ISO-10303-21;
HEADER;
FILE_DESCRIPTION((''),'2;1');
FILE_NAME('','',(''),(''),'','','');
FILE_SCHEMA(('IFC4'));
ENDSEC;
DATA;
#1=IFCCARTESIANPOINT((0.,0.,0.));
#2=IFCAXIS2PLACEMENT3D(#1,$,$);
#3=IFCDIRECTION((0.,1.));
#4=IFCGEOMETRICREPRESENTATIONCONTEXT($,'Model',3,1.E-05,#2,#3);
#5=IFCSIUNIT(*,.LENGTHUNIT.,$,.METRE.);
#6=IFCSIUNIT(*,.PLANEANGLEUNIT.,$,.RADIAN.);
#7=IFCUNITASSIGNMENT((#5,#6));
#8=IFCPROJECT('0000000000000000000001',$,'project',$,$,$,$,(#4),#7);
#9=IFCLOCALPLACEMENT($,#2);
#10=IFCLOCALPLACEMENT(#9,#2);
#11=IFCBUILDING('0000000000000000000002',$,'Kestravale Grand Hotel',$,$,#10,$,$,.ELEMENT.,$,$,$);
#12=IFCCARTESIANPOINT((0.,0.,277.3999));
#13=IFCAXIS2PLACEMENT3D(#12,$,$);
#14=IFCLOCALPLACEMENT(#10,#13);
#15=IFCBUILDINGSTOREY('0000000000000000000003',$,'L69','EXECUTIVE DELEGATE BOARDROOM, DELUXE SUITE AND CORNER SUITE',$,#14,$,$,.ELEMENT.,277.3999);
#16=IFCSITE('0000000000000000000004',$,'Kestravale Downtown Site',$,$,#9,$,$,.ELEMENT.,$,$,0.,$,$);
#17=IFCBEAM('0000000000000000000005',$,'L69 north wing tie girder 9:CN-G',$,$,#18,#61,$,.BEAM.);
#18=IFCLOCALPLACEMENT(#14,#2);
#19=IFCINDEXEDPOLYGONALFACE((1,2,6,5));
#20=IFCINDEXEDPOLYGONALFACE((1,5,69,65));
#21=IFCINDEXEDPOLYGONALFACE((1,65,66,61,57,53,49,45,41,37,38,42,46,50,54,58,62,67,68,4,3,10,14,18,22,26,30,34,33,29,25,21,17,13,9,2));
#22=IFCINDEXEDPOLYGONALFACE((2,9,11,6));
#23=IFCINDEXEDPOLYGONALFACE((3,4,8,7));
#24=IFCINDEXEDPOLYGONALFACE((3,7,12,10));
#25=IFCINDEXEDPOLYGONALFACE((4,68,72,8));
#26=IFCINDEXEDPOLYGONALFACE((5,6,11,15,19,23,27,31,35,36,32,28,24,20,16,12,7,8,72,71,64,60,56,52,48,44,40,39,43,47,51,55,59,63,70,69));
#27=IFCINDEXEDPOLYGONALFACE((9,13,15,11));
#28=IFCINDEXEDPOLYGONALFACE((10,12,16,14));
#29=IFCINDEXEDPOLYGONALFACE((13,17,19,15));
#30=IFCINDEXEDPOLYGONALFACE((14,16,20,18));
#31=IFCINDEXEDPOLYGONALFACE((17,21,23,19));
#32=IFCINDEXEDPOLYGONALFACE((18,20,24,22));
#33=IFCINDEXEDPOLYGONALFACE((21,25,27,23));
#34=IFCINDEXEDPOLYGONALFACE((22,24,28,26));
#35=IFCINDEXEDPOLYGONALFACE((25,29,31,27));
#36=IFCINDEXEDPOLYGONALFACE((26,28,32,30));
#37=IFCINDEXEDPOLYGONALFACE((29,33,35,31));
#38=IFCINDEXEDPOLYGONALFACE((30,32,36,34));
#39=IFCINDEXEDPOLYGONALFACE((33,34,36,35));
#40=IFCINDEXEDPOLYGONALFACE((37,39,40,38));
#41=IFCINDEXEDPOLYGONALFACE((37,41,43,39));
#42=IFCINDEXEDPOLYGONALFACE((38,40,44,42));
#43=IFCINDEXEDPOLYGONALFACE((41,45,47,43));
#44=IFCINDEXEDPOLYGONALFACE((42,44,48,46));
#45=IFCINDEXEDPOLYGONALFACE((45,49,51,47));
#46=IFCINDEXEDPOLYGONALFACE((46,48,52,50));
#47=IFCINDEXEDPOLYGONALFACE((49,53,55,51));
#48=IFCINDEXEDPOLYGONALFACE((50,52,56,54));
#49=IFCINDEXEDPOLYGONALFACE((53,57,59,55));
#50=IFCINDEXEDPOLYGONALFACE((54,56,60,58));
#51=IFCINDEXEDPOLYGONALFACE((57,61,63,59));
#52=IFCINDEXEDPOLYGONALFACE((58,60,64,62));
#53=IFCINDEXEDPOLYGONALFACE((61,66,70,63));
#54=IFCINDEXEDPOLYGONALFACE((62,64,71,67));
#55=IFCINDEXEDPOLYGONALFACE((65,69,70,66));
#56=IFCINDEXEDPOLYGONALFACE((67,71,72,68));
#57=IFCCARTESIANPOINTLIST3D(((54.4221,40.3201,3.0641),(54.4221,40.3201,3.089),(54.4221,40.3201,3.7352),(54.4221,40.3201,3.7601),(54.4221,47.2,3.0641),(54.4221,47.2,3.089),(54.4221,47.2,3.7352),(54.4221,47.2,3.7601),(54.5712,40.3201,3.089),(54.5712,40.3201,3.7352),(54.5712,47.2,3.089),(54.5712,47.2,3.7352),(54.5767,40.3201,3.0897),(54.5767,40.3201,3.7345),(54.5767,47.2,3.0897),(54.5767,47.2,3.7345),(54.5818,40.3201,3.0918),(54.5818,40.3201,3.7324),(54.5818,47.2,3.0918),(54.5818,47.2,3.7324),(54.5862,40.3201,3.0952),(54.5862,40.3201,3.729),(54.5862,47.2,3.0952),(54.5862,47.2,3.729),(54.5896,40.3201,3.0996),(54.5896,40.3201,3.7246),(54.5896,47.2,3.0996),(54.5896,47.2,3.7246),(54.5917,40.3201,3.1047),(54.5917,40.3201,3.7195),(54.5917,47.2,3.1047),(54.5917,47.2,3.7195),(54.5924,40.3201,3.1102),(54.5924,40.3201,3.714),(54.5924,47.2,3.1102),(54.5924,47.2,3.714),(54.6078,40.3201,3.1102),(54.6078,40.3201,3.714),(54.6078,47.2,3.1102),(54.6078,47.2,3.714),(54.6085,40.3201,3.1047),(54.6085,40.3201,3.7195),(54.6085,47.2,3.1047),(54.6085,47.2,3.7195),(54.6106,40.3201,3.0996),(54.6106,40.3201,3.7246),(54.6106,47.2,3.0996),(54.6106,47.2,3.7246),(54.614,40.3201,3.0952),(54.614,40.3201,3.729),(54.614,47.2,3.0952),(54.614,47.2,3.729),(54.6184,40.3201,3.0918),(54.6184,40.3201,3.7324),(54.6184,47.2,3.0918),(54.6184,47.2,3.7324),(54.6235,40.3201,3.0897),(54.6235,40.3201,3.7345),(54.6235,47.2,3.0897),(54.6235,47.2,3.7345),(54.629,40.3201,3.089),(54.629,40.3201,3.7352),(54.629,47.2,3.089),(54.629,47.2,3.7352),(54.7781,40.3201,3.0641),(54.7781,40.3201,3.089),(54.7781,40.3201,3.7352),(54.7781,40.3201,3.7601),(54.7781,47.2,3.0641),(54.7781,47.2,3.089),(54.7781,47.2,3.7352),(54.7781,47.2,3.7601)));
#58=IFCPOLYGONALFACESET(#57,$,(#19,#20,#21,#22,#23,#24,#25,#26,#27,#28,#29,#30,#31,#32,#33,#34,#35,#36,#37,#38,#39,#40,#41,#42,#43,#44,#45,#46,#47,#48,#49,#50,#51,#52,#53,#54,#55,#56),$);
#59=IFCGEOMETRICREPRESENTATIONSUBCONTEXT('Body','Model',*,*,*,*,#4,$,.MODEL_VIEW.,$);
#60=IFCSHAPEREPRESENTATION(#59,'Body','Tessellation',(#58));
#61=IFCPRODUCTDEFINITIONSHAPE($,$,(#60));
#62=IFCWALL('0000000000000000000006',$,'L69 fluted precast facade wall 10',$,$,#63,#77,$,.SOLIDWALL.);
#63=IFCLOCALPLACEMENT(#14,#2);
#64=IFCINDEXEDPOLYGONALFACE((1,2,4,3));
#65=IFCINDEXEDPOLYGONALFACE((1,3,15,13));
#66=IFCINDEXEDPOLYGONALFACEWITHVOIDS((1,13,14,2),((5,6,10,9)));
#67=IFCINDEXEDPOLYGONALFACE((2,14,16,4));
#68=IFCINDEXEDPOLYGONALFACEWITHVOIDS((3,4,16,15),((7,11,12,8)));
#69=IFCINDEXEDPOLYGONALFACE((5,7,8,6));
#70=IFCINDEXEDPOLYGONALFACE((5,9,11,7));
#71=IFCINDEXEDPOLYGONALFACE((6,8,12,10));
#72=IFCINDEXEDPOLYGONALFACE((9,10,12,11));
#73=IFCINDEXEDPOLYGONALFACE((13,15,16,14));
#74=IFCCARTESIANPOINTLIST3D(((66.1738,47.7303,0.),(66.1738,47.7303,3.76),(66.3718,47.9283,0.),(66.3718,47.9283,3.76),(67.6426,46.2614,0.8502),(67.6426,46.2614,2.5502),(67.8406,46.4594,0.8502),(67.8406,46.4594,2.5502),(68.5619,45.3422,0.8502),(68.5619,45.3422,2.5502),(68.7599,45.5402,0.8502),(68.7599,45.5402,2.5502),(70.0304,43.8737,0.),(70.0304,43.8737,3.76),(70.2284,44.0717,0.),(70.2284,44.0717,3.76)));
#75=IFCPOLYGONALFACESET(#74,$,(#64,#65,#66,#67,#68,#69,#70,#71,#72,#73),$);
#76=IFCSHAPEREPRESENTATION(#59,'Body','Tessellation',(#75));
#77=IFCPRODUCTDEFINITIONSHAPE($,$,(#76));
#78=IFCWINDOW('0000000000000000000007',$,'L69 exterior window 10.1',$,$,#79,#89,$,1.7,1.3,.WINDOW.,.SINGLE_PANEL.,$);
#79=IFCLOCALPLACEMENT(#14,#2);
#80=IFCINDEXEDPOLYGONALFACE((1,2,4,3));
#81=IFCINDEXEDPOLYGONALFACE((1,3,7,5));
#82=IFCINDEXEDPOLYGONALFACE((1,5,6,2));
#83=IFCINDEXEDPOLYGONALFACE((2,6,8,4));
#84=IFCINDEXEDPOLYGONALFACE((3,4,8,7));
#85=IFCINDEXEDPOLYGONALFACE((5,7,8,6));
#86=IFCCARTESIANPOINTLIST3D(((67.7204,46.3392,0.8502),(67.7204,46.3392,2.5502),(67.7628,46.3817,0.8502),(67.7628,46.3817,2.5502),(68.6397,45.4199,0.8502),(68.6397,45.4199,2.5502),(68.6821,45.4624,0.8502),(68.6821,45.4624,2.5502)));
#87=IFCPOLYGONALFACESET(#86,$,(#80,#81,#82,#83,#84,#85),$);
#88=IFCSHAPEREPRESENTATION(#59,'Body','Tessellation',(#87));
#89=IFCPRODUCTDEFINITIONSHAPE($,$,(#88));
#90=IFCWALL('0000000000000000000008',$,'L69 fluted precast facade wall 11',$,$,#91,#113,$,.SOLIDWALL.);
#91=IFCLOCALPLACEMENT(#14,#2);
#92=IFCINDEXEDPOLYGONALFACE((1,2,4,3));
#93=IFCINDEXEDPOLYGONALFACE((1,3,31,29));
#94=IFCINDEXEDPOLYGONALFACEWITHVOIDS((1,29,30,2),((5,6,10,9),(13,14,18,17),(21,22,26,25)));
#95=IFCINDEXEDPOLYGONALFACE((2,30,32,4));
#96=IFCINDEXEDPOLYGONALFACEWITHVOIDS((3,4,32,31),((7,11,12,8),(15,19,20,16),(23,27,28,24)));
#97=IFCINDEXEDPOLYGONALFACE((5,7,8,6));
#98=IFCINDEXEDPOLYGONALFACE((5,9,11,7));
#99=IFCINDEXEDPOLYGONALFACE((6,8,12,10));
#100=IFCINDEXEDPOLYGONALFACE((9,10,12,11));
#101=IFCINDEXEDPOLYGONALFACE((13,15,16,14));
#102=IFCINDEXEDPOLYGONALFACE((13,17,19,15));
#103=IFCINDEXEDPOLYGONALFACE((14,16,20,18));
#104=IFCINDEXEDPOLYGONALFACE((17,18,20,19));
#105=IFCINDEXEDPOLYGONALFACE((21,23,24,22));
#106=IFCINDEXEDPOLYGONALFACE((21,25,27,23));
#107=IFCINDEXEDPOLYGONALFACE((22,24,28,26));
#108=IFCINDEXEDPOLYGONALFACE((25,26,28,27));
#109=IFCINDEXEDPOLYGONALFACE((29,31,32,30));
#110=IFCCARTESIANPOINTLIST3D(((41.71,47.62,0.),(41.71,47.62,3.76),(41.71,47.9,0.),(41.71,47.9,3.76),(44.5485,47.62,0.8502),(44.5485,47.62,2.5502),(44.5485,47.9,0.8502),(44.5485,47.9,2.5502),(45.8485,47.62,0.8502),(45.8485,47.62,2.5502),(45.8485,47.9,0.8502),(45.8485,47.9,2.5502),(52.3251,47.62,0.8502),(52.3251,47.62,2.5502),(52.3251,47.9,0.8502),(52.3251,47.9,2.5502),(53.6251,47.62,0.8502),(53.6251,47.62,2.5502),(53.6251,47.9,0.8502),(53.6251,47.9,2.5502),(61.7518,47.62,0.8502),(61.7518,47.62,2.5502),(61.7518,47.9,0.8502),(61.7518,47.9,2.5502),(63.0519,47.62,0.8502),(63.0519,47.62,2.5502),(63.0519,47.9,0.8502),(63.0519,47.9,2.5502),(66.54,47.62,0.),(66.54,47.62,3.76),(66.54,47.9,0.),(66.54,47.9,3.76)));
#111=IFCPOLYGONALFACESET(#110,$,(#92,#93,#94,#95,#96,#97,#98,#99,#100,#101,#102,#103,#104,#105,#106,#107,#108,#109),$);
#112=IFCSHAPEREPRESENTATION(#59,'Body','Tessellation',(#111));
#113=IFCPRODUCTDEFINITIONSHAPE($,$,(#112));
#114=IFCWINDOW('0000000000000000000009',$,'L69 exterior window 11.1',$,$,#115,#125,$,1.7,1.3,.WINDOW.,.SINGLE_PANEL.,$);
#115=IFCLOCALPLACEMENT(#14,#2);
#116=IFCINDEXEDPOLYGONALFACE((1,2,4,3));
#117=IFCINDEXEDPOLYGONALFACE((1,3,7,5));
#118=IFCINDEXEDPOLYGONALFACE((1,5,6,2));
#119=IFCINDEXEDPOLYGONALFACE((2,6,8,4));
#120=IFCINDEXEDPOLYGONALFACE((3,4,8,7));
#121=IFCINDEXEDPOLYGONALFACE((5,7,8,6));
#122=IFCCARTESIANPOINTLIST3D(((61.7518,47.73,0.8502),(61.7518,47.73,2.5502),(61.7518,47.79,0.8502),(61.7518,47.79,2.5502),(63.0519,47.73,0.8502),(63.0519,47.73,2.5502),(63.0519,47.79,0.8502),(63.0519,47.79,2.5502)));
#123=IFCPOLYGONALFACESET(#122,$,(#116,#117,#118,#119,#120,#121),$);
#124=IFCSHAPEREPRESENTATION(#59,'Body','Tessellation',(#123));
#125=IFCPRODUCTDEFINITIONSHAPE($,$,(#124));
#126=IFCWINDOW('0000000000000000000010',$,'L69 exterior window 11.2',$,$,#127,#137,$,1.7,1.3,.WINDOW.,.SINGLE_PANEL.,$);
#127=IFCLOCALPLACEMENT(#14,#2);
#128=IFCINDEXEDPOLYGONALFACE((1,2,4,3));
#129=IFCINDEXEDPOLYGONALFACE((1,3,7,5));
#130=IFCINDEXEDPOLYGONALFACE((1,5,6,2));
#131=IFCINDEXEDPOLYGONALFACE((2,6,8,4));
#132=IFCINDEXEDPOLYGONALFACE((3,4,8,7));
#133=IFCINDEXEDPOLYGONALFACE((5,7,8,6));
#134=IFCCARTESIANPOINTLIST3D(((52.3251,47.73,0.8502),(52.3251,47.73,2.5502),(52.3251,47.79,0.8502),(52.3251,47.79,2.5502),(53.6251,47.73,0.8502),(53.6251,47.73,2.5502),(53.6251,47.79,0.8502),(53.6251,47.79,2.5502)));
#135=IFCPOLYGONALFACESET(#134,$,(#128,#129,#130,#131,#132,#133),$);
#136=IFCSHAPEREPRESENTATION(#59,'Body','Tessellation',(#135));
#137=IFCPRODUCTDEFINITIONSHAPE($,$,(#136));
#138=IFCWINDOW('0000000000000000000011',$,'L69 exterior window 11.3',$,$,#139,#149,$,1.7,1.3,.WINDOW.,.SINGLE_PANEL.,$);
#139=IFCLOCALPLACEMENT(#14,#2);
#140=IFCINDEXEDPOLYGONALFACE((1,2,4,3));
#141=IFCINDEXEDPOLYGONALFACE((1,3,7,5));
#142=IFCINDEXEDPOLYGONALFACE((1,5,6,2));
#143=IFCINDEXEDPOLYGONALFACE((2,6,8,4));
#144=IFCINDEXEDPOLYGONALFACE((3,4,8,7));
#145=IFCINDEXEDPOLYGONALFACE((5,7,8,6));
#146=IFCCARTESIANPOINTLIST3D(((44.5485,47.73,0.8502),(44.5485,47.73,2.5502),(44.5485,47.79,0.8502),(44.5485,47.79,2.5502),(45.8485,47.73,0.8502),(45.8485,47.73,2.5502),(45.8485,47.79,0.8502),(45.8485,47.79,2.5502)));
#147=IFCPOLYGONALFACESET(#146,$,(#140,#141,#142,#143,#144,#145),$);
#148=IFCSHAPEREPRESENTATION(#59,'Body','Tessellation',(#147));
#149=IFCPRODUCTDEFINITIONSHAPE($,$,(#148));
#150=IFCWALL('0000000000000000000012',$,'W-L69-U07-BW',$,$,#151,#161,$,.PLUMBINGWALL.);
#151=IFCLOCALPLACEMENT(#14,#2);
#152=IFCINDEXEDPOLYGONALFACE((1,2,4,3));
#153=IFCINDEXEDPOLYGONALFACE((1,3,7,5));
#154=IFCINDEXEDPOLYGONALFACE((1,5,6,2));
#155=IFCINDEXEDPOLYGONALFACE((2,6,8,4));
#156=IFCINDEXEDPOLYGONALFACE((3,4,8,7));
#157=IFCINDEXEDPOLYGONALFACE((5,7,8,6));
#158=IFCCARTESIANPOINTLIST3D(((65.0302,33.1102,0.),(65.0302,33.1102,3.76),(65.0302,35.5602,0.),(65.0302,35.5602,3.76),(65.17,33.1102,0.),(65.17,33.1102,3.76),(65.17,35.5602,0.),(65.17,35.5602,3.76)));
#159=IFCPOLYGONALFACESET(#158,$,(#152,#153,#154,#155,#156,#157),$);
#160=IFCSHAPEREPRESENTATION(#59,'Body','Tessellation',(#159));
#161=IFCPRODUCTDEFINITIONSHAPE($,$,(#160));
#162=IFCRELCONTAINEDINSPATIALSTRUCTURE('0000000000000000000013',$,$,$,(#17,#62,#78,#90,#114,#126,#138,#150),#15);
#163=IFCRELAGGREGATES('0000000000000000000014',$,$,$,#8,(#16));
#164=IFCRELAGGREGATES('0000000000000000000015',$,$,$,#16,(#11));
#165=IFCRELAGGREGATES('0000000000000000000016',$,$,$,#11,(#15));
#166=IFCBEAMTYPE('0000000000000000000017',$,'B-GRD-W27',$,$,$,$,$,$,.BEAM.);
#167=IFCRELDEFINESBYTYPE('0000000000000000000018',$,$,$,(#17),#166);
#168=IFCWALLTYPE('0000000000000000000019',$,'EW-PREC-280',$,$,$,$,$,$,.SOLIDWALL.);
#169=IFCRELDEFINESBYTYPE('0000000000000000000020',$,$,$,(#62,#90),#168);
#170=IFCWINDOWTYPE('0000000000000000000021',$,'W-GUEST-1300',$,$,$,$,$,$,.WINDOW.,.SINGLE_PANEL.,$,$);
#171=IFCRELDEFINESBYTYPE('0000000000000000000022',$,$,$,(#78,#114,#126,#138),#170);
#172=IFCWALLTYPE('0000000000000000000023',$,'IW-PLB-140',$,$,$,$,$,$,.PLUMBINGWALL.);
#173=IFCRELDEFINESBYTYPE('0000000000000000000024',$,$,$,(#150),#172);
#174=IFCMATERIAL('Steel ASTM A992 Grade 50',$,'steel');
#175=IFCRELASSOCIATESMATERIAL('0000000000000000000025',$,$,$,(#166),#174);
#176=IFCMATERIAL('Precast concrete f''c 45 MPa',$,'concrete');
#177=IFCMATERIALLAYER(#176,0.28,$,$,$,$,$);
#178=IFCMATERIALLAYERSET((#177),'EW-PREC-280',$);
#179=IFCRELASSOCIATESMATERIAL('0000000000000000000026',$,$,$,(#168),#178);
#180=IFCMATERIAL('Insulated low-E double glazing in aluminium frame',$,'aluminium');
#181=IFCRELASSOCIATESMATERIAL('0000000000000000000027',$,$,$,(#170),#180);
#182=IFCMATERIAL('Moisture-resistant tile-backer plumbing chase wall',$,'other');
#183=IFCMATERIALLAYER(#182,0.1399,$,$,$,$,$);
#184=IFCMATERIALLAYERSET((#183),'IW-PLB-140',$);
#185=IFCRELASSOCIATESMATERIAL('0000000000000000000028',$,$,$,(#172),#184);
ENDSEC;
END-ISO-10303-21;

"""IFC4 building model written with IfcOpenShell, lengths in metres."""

from ifc_helpers import new_model, si_unit, direction, frame, frame_2d, origin, origin_2d, place, context, subcontext, project, spatial, rectangle, i_section, extrude, material, layer, layer_set, material_profile, profile_set, type_object, element, fill, save


model = new_model("IFC4")

# Units and contexts
model_context = context("Model", 3, precision=1e-05, world=origin(), true_north=direction((0.0, 1.0)))
body_context = subcontext(model_context, "Body", "Model", "MODEL_VIEW")
ifc_project = project(units=[si_unit("LENGTHUNIT", "METRE"), si_unit("PLANEANGLEUNIT", "RADIAN")], contexts=[model_context])

# Site, building, storey
site_placement = place(None, origin())
site = spatial("IfcSite", under=ifc_project, at=site_placement, Name="Kestravale Downtown Site", CompositionType="ELEMENT", RefElevation=0.0)
building_placement = place(site_placement, origin())
building = spatial("IfcBuilding", under=site, at=building_placement, Name="Kestravale Grand Hotel", CompositionType="ELEMENT")
storey_placement = place(building_placement, frame((0.0, 0.0, 277.3999)))
storey = spatial("IfcBuildingStorey", under=building, at=storey_placement, Name="L69", Description="EXECUTIVE DELEGATE BOARDROOM, DELUXE SUITE AND CORNER SUITE", CompositionType="ELEMENT", Elevation=277.3999)

# Beam
ifc_material_1 = material(Name="Steel ASTM A992 Grade 50", Category="steel")
ifc_material_profile_1 = material_profile(ifc_material_1, i_section(OverallWidth=0.356, OverallDepth=0.696, WebThickness=0.0154, FlangeThickness=0.0249, FilletRadius=0.0212, at=origin_2d()))
ifc_profile_set_1 = profile_set([ifc_material_profile_1], Name="Steel ASTM A992 Grade 50")
beam_type = type_object("IfcBeamType", Name="B-GRD-W27", PredefinedType="BEAM", material=ifc_profile_set_1)
beam_1_placement = place(storey_placement, frame((54.6001, 40.3201, 3.4121), z_axis=(0.0, 1.0, 0.0), x_axis=(-1.0, 0.0, 0.0)))
element("IfcBeam", 1, at=beam_1_placement, inside=storey, type_object=beam_type, Name="L69 north wing tie girder 9:CN-G", PredefinedType="BEAM", context=body_context, shape_type="SweptSolid", body=[
    extrude(i_section(OverallWidth=0.356, OverallDepth=0.696, WebThickness=0.0154, FlangeThickness=0.0249, FilletRadius=0.0212, at=origin_2d()), origin(), (0.0, 0.0, 1.0), 6.8799),
])

# Wall, opening, window
ifc_material_2 = material(Name="Precast concrete f'c 45 MPa", Category="concrete")
ifc_layer_1 = layer(ifc_material_2, 0.28)
ifc_layer_set_1 = layer_set([ifc_layer_1], Name="EW-PREC-280")
wall_type_1 = type_object("IfcWallType", Name="EW-PREC-280", PredefinedType="SOLIDWALL", material=ifc_layer_set_1)
wall_1_placement = place(storey_placement, frame((70.1294, 43.9727, 0.0), z_axis=(0.0, 0.0, 1.0), x_axis=(-0.707107, 0.707107, 0.0)))
wall_1 = element("IfcWall", 2, at=wall_1_placement, inside=storey, type_object=wall_type_1, Name="L69 fluted precast facade wall 10", PredefinedType="SOLIDWALL", context=body_context, shape_type="SweptSolid", body=[
    extrude(rectangle(XDim=5.4541, YDim=0.28, at=frame_2d((2.7271, 0.0))), origin(), (0.0, 0.0, 1.0), 3.76),
])
opening_1_placement = place(wall_1_placement, frame((2.0769, 0.0, 0.8501)))
opening_1 = element("IfcOpeningElement", 3, at=opening_1_placement, cuts=wall_1, PredefinedType="OPENING", context=body_context, shape_type="SweptSolid", body=[
    extrude(rectangle(XDim=1.3, YDim=1.7, at=frame_2d((0.6499, 0.8501))), frame((0.0, 0.1499, 0.0), z_axis=(0.0, -1.0, 0.0), x_axis=(1.0, 0.0, 0.0)), (0.0, 0.0, 1.0), 0.3),
])
ifc_material_3 = material(Name="Insulated low-E double glazing in aluminium frame", Category="aluminium")
window_type = type_object("IfcWindowType", Name="W-GUEST-1300", PartitioningType="SINGLE_PANEL", PredefinedType="WINDOW", material=ifc_material_3)
window_1_placement = place(opening_1_placement, origin())
window_1 = element("IfcWindow", 4, at=window_1_placement, inside=storey, type_object=window_type, Name="L69 exterior window 10.1", OverallHeight=1.7, OverallWidth=1.3, PartitioningType="SINGLE_PANEL", PredefinedType="WINDOW", context=body_context, shape_type="SweptSolid", body=[
    extrude(rectangle(XDim=1.3, YDim=1.7, at=frame_2d((0.6499, 0.8501))), frame((0.0, 0.03, 0.0), z_axis=(0.0, -1.0, 0.0), x_axis=(1.0, 0.0, 0.0)), (0.0, 0.0, 1.0), 0.0601),
])
fill(opening_1, window_1)

# Wall, openings, windows
wall_2_placement = place(storey_placement, frame((66.54, 47.76, 0.0), z_axis=(0.0, 0.0, 1.0), x_axis=(-1.0, 0.0, 0.0)))
wall_2 = element("IfcWall", 5, at=wall_2_placement, inside=storey, type_object=wall_type_1, Name="L69 fluted precast facade wall 11", PredefinedType="SOLIDWALL", context=body_context, shape_type="SweptSolid", body=[
    extrude(rectangle(XDim=24.8301, YDim=0.28, at=frame_2d((12.415, 0.0))), origin(), (0.0, 0.0, 1.0), 3.76),
])
opening_2_placement = place(wall_2_placement, frame((3.4883, 0.0, 0.8501)))
opening_2 = element("IfcOpeningElement", 6, at=opening_2_placement, cuts=wall_2, PredefinedType="OPENING", context=body_context, shape_type="SweptSolid", body=[
    extrude(rectangle(XDim=1.3, YDim=1.7, at=frame_2d((0.6499, 0.8501))), frame((0.0, 0.1499, 0.0), z_axis=(0.0, -1.0, 0.0), x_axis=(1.0, 0.0, 0.0)), (0.0, 0.0, 1.0), 0.3),
])
opening_3_placement = place(wall_2_placement, frame((12.915, 0.0, 0.8501)))
opening_3 = element("IfcOpeningElement", 7, at=opening_3_placement, cuts=wall_2, PredefinedType="OPENING", context=body_context, shape_type="SweptSolid", body=[
    extrude(rectangle(XDim=1.3, YDim=1.7, at=frame_2d((0.6499, 0.8501))), frame((0.0, 0.1499, 0.0), z_axis=(0.0, -1.0, 0.0), x_axis=(1.0, 0.0, 0.0)), (0.0, 0.0, 1.0), 0.3),
])
opening_4_placement = place(wall_2_placement, frame((20.6917, 0.0, 0.8501)))
opening_4 = element("IfcOpeningElement", 8, at=opening_4_placement, cuts=wall_2, PredefinedType="OPENING", context=body_context, shape_type="SweptSolid", body=[
    extrude(rectangle(XDim=1.3, YDim=1.7, at=frame_2d((0.6499, 0.8501))), frame((0.0, 0.1499, 0.0), z_axis=(0.0, -1.0, 0.0), x_axis=(1.0, 0.0, 0.0)), (0.0, 0.0, 1.0), 0.3),
])
window_2_placement = place(opening_2_placement, origin())
window_2 = element("IfcWindow", 9, at=window_2_placement, inside=storey, type_object=window_type, Name="L69 exterior window 11.1", OverallHeight=1.7, OverallWidth=1.3, PartitioningType="SINGLE_PANEL", PredefinedType="WINDOW", context=body_context, shape_type="SweptSolid", body=[
    extrude(rectangle(XDim=1.3, YDim=1.7, at=frame_2d((0.6499, 0.8501))), frame((0.0, 0.03, 0.0), z_axis=(0.0, -1.0, 0.0), x_axis=(1.0, 0.0, 0.0)), (0.0, 0.0, 1.0), 0.0601),
])
fill(opening_2, window_2)
window_3_placement = place(opening_3_placement, origin())
window_3 = element("IfcWindow", 10, at=window_3_placement, inside=storey, type_object=window_type, Name="L69 exterior window 11.2", OverallHeight=1.7, OverallWidth=1.3, PartitioningType="SINGLE_PANEL", PredefinedType="WINDOW", context=body_context, shape_type="SweptSolid", body=[
    extrude(rectangle(XDim=1.3, YDim=1.7, at=frame_2d((0.6499, 0.8501))), frame((0.0, 0.03, 0.0), z_axis=(0.0, -1.0, 0.0), x_axis=(1.0, 0.0, 0.0)), (0.0, 0.0, 1.0), 0.0601),
])
fill(opening_3, window_3)
window_4_placement = place(opening_4_placement, origin())
window_4 = element("IfcWindow", 11, at=window_4_placement, inside=storey, type_object=window_type, Name="L69 exterior window 11.3", OverallHeight=1.7, OverallWidth=1.3, PartitioningType="SINGLE_PANEL", PredefinedType="WINDOW", context=body_context, shape_type="SweptSolid", body=[
    extrude(rectangle(XDim=1.3, YDim=1.7, at=frame_2d((0.6499, 0.8501))), frame((0.0, 0.03, 0.0), z_axis=(0.0, -1.0, 0.0), x_axis=(1.0, 0.0, 0.0)), (0.0, 0.0, 1.0), 0.0601),
])
fill(opening_4, window_4)

# Wall
ifc_material_4 = material(Name="Moisture-resistant tile-backer plumbing chase wall", Category="other")
ifc_layer_2 = layer(ifc_material_4, 0.1399)
ifc_layer_set_2 = layer_set([ifc_layer_2], Name="IW-PLB-140")
wall_type_2 = type_object("IfcWallType", Name="IW-PLB-140", PredefinedType="PLUMBINGWALL", material=ifc_layer_set_2)
wall_3_placement = place(storey_placement, frame((65.1001, 33.1101, 0.0), z_axis=(0.0, 0.0, 1.0), x_axis=(0.0, 1.0, 0.0)))
element("IfcWall", 12, at=wall_3_placement, inside=storey, type_object=wall_type_2, Name="W-L69-U07-BW", PredefinedType="PLUMBINGWALL", context=body_context, shape_type="SweptSolid", body=[
    extrude(rectangle(XDim=2.45, YDim=0.1399, at=frame_2d((1.2251, 0.0))), origin(), (0.0, 0.0, 1.0), 3.76),
])

save(model, "model.ifc")
